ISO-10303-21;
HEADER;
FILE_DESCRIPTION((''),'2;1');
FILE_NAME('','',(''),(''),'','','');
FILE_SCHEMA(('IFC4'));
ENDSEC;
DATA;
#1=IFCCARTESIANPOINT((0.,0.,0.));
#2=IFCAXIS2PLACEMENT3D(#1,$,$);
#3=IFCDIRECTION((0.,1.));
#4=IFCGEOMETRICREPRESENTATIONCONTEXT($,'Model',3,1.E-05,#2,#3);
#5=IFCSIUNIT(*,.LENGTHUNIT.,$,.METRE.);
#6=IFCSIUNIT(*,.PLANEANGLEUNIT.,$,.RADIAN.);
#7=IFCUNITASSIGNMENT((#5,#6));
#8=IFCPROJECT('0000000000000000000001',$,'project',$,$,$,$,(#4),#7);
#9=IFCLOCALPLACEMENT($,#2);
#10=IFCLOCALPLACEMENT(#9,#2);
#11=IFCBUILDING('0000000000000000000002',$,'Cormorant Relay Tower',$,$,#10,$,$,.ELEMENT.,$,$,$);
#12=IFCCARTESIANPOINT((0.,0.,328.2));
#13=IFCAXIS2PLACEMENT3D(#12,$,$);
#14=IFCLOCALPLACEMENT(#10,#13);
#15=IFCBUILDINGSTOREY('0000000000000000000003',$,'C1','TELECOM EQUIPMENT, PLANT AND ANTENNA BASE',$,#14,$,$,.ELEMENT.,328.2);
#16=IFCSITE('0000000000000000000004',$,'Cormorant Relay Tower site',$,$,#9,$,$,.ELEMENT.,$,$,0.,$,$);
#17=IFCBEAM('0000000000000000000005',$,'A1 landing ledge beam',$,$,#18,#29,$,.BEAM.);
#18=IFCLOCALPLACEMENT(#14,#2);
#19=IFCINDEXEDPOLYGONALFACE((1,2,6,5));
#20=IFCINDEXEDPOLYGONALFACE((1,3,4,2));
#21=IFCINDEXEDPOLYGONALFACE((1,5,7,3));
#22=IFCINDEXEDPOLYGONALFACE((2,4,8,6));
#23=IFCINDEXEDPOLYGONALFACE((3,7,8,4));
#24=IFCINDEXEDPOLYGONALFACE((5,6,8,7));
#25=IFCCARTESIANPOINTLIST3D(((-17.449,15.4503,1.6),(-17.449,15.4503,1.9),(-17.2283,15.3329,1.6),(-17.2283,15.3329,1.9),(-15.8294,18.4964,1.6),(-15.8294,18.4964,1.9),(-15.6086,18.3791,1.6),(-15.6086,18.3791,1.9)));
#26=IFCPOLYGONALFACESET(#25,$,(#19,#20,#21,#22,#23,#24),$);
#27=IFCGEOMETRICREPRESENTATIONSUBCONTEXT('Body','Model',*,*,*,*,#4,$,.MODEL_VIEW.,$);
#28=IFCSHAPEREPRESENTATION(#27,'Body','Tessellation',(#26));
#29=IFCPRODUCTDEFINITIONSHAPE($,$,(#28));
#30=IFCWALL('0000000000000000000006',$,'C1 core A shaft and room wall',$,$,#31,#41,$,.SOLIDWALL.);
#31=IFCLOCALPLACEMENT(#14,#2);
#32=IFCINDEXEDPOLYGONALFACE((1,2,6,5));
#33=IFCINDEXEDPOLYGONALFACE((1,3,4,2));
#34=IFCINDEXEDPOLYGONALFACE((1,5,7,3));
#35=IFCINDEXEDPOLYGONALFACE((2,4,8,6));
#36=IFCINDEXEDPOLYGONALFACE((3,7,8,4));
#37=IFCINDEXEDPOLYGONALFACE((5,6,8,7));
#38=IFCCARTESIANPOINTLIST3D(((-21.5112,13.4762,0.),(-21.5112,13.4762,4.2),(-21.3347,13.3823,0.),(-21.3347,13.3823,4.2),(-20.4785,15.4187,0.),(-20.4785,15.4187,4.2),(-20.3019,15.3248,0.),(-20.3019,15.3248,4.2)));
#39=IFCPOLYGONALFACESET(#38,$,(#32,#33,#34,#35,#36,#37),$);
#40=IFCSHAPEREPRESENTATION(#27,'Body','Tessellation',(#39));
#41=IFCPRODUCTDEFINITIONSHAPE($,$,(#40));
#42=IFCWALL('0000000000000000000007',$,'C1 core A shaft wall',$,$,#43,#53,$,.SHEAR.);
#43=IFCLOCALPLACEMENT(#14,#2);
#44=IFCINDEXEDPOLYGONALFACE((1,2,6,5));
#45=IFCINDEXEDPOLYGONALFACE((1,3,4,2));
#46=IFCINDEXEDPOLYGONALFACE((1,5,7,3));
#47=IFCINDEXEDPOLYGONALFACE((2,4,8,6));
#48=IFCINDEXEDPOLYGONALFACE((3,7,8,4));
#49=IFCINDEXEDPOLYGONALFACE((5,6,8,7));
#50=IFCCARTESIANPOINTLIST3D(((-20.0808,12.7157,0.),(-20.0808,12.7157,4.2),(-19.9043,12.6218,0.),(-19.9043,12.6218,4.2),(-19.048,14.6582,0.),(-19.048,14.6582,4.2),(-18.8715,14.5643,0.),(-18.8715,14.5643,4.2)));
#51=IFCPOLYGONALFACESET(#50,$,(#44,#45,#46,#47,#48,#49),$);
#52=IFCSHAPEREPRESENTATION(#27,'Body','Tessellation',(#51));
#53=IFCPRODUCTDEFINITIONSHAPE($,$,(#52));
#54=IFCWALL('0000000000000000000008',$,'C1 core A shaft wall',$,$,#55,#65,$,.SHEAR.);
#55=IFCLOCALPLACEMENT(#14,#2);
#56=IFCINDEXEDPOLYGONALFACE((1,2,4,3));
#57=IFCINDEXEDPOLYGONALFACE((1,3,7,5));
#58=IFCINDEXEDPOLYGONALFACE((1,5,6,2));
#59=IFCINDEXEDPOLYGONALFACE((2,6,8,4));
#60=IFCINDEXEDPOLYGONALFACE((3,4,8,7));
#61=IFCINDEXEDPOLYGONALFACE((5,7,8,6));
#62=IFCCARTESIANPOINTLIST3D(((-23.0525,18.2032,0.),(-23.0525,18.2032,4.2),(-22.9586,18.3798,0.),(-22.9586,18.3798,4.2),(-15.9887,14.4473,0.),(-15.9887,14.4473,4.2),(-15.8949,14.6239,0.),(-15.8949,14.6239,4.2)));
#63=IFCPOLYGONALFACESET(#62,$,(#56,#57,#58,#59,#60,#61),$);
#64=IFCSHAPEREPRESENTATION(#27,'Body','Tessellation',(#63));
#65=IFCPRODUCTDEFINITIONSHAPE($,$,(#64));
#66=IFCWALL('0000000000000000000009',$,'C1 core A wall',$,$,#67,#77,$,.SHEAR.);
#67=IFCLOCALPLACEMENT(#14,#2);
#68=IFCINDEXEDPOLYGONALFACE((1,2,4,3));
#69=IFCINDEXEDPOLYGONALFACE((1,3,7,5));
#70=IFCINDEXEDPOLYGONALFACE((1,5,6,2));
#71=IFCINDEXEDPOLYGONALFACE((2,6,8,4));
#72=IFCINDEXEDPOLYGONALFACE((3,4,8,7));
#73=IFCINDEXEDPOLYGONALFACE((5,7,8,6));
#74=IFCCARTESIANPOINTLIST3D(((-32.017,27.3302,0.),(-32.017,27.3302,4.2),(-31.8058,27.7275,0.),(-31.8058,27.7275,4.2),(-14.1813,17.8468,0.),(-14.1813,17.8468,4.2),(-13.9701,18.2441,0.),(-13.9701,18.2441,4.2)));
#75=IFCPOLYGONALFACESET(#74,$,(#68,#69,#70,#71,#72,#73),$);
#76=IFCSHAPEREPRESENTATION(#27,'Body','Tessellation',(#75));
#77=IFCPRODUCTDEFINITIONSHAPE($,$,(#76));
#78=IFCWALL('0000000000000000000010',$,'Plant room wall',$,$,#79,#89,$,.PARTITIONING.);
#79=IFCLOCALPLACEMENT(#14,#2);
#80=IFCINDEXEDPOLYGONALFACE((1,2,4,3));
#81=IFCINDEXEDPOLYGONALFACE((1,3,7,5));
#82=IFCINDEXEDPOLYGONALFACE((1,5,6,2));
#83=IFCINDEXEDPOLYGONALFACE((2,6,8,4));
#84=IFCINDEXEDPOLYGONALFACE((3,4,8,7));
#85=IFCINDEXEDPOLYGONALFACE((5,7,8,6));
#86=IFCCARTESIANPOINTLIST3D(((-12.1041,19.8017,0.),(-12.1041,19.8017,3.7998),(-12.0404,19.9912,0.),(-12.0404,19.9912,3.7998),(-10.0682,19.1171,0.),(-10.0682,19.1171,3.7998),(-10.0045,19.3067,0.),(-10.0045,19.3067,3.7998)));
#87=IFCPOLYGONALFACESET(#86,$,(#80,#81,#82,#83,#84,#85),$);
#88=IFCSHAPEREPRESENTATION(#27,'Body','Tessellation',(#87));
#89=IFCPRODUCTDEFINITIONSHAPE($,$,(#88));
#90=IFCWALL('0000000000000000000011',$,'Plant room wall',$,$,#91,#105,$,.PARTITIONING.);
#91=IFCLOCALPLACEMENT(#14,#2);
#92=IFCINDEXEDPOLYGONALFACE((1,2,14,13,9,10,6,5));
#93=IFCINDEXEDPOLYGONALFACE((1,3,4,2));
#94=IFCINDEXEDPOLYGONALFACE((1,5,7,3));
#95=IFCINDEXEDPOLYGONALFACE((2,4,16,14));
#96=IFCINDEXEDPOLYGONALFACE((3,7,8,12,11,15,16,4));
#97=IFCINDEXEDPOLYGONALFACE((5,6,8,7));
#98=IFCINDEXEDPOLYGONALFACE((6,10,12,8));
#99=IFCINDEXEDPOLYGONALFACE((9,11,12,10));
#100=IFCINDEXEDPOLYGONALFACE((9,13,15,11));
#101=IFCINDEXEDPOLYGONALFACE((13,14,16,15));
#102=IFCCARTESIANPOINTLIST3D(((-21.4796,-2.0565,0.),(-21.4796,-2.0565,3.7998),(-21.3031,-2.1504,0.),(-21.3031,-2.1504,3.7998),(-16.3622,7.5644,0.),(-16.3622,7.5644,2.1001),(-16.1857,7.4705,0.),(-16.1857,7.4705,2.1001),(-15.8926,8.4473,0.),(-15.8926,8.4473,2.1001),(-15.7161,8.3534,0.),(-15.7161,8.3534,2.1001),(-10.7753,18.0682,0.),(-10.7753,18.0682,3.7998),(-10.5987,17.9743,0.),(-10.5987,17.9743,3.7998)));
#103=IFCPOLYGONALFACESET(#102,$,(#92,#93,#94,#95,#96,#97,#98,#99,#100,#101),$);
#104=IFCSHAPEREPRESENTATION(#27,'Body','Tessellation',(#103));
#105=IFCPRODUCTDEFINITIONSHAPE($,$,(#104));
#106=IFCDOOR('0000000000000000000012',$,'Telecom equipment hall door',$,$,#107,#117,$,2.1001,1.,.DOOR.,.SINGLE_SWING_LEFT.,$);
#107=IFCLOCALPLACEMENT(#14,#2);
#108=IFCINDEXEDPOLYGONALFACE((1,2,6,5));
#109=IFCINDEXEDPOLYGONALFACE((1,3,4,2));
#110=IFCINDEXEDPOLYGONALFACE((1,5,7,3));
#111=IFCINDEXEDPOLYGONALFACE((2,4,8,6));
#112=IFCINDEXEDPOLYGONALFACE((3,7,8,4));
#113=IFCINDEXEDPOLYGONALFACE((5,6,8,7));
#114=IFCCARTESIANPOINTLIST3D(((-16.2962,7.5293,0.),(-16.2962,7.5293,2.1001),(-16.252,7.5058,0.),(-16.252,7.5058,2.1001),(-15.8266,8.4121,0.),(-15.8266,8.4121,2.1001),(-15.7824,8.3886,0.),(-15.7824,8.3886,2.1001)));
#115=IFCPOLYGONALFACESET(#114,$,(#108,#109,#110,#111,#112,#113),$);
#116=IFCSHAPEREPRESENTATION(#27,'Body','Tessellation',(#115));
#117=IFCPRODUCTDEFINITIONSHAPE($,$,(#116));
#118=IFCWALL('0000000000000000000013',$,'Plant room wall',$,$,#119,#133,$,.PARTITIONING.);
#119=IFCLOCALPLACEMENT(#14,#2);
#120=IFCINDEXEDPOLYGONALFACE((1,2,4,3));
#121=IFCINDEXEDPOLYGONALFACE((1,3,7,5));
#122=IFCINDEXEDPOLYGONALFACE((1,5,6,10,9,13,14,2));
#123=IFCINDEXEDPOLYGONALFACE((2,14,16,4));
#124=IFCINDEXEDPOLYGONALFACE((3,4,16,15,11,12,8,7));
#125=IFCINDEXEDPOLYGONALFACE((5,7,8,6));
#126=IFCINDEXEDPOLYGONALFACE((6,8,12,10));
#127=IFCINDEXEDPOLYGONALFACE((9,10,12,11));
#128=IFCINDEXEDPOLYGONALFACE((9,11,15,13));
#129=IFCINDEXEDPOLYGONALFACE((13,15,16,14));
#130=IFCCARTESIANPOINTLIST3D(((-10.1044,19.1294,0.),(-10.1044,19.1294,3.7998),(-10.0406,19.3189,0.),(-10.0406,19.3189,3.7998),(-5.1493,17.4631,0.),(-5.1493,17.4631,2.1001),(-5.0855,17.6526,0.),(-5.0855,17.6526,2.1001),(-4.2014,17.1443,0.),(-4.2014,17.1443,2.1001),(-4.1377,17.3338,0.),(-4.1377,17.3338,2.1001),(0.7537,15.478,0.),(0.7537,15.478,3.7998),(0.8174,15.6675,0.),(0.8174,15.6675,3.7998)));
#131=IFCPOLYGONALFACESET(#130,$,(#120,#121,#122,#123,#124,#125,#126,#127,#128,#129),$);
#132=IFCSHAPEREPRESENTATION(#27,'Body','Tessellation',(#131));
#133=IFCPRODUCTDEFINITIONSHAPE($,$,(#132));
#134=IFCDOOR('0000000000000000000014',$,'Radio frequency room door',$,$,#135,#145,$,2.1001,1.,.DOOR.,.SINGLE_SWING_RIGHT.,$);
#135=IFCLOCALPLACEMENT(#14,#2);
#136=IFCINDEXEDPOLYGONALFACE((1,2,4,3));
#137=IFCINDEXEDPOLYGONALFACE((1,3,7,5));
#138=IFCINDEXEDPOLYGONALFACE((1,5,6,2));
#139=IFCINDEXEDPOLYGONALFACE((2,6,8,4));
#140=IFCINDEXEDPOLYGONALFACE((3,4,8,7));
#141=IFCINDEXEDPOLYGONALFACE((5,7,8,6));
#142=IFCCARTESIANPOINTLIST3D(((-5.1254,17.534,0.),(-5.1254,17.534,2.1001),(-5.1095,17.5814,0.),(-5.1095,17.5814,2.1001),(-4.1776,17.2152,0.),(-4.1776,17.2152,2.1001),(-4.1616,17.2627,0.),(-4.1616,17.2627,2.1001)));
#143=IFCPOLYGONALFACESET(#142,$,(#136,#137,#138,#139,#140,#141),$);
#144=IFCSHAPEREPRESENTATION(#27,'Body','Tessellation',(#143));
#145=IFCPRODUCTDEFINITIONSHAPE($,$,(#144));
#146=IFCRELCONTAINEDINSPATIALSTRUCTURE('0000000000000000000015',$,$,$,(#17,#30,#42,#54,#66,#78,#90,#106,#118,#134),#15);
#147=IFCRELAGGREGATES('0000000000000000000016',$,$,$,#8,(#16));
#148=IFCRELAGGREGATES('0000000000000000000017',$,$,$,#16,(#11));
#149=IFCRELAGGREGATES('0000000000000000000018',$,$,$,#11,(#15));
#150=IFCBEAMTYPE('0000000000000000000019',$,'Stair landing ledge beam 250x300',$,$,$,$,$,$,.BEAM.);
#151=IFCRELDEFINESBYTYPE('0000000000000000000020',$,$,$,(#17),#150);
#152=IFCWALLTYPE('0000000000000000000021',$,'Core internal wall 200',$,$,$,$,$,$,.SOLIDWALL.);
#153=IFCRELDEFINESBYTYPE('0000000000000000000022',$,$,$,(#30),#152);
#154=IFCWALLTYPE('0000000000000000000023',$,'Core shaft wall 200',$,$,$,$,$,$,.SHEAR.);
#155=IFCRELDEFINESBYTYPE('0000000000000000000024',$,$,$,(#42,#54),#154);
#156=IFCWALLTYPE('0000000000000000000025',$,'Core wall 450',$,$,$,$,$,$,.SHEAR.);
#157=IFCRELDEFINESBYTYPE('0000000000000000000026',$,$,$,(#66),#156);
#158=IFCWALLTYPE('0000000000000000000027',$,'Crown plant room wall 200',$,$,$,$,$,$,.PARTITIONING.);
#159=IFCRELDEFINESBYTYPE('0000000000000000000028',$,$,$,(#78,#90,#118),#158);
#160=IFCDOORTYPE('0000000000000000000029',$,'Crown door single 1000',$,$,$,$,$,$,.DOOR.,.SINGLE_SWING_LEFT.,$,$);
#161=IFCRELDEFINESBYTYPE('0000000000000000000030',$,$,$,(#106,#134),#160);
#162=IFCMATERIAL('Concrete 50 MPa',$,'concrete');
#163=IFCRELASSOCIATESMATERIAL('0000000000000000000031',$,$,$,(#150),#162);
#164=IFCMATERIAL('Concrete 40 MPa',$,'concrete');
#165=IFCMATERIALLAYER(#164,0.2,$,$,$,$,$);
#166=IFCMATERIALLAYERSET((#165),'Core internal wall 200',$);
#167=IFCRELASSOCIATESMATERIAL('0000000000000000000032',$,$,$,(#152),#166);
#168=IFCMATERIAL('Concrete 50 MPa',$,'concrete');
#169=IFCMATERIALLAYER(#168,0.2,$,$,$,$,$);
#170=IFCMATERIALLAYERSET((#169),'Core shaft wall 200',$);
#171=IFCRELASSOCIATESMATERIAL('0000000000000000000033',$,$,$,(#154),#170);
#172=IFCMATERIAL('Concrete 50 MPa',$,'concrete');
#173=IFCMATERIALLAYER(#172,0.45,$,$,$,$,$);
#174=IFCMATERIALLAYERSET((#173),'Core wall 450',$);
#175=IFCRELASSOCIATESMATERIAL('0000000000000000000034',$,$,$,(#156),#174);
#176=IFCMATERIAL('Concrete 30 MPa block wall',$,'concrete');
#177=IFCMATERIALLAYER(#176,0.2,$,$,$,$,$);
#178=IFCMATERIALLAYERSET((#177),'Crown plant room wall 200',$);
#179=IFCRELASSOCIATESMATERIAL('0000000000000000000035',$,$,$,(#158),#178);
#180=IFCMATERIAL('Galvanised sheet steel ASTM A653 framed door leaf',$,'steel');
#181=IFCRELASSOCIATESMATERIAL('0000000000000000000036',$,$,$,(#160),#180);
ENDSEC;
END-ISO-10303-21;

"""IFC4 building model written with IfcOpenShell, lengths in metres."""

from ifc_helpers import new_model, si_unit, direction, frame, frame_2d, origin, origin_2d, place, context, subcontext, project, spatial, rectangle, extrude, material, layer, layer_set, material_profile, profile_set, type_object, element, fill, save


model = new_model("IFC4")

# Units and contexts
model_context = context("Model", 3, precision=1e-05, world=origin(), true_north=direction((0.0, 1.0)))
body_context = subcontext(model_context, "Body", "Model", "MODEL_VIEW")
ifc_project = project(units=[si_unit("LENGTHUNIT", "METRE"), si_unit("PLANEANGLEUNIT", "RADIAN")], contexts=[model_context])

# Site, building, storey
site_placement = place(None, origin())
site = spatial("IfcSite", under=ifc_project, at=site_placement, Name="Cormorant Relay Tower site", CompositionType="ELEMENT", RefElevation=0.0)
building_placement = place(site_placement, origin())
building = spatial("IfcBuilding", under=site, at=building_placement, Name="Cormorant Relay Tower", CompositionType="ELEMENT")
storey_placement = place(building_placement, frame((0.0, 0.0, 328.2)))
storey = spatial("IfcBuildingStorey", under=building, at=storey_placement, Name="C1", Description="TELECOM EQUIPMENT, PLANT AND ANTENNA BASE", CompositionType="ELEMENT", Elevation=328.2)

# Beam
ifc_material_1 = material(Name="Concrete 50 MPa", Category="concrete")
ifc_material_profile = material_profile(ifc_material_1, rectangle(XDim=0.25, YDim=0.3, at=origin_2d()), Name="RC 250x300")
ifc_profile_set = profile_set([ifc_material_profile], Name="Concrete 50 MPa")
beam_type = type_object("IfcBeamType", Name="Stair landing ledge beam 250x300", PredefinedType="BEAM", material=ifc_profile_set)
beam_placement = place(storey_placement, frame((-17.3386, 15.3916, 1.75), z_axis=(0.469464, 0.882952, 0.0), x_axis=(-0.882952, 0.469464, 0.0)))
element("IfcBeam", 1, at=beam_placement, inside=storey, type_object=beam_type, Name="A1 landing ledge beam", PredefinedType="BEAM", context=body_context, shape_type="SweptSolid", body=[
    extrude(rectangle(XDim=0.25, YDim=0.3, at=origin_2d()), origin(), (0.0, 0.0, 1.0), 3.45),
])

# Walls
ifc_material_2 = material(Name="Concrete 40 MPa", Category="concrete")
ifc_layer_1 = layer(ifc_material_2, 0.2)
ifc_layer_set_1 = layer_set([ifc_layer_1], Name="Core internal wall 200")
wall_type_1 = type_object("IfcWallType", Name="Core internal wall 200", PredefinedType="SOLIDWALL", material=ifc_layer_set_1)
wall_1_placement = place(storey_placement, frame((-20.3901, 15.3718, 0.0), z_axis=(0.0, 0.0, 1.0), x_axis=(-0.469447, -0.88296, 0.0)))
element("IfcWall", 2, at=wall_1_placement, inside=storey, type_object=wall_type_1, Name="C1 core A shaft and room wall", PredefinedType="SOLIDWALL", context=body_context, shape_type="SweptSolid", body=[
    extrude(rectangle(XDim=2.2, YDim=0.2, at=frame_2d((1.1001, 0.0))), origin(), (0.0, 0.0, 1.0), 4.2),
])
ifc_material_3 = material(Name="Concrete 50 MPa", Category="concrete")
ifc_layer_2 = layer(ifc_material_3, 0.2)
ifc_layer_set_2 = layer_set([ifc_layer_2], Name="Core shaft wall 200")
wall_type_2 = type_object("IfcWallType", Name="Core shaft wall 200", PredefinedType="SHEAR", material=ifc_layer_set_2)
wall_2_placement = place(storey_placement, frame((-18.9597, 14.6113, 0.0), z_axis=(0.0, 0.0, 1.0), x_axis=(-0.469447, -0.88296, 0.0)))
element("IfcWall", 3, at=wall_2_placement, inside=storey, type_object=wall_type_2, Name="C1 core A shaft wall", PredefinedType="SHEAR", context=body_context, shape_type="SweptSolid", body=[
    extrude(rectangle(XDim=2.2, YDim=0.2, at=frame_2d((1.1001, 0.0))), origin(), (0.0, 0.0, 1.0), 4.2),
])
wall_3_placement = place(storey_placement, frame((-15.9419, 14.5356, 0.0), z_axis=(0.0, 0.0, 1.0), x_axis=(-0.882947, 0.469473, 0.0)))
element("IfcWall", 4, at=wall_3_placement, inside=storey, type_object=wall_type_2, Name="C1 core A shaft wall", PredefinedType="SHEAR", context=body_context, shape_type="SweptSolid", body=[
    extrude(rectangle(XDim=8.0002, YDim=0.2, at=frame_2d((4.0, 0.0))), origin(), (0.0, 0.0, 1.0), 4.2),
])

# Shared definitions
ifc_material_4 = material(Name="Concrete 50 MPa", Category="concrete")
ifc_layer_3 = layer(ifc_material_4, 0.45)
ifc_layer_set_3 = layer_set([ifc_layer_3], Name="Core wall 450")
wall_type_3 = type_object("IfcWallType", Name="Core wall 450", PredefinedType="SHEAR", material=ifc_layer_set_3)

# Walls
wall_4_placement = place(storey_placement, frame((-14.0757, 18.0454, 0.0), z_axis=(0.0, 0.0, 1.0), x_axis=(-0.882948, 0.469471, 0.0)))
element("IfcWall", 5, at=wall_4_placement, inside=storey, type_object=wall_type_3, Name="C1 core A wall", PredefinedType="SHEAR", context=body_context, shape_type="SweptSolid", body=[
    extrude(rectangle(XDim=20.2002, YDim=0.45, at=frame_2d((10.1001, 0.0))), origin(), (0.0, 0.0, 1.0), 4.2),
])
ifc_material_5 = material(Name="Concrete 30 MPa block wall", Category="concrete")
ifc_layer_4 = layer(ifc_material_5, 0.2)
ifc_layer_set_4 = layer_set([ifc_layer_4], Name="Crown plant room wall 200")
wall_type_4 = type_object("IfcWallType", Name="Crown plant room wall 200", PredefinedType="PARTITIONING", material=ifc_layer_set_4)
wall_5_placement = place(storey_placement, frame((-12.0723, 19.8965, 0.0), z_axis=(0.0, 0.0, 1.0), x_axis=(0.94785, -0.318716, 0.0)))
element("IfcWall", 6, at=wall_5_placement, inside=storey, type_object=wall_type_4, Name="Plant room wall", PredefinedType="PARTITIONING", context=body_context, shape_type="SweptSolid", body=[
    extrude(rectangle(XDim=2.1479, YDim=0.2, at=frame_2d((1.074, 0.0))), origin(), (0.0, 0.0, 1.0), 3.7998),
])

# Walls, openings, doors
wall_6_placement = place(storey_placement, frame((-10.687, 18.0212, 0.0), z_axis=(0.0, 0.0, 1.0), x_axis=(-0.469602, -0.882878, 0.0)))
wall_6 = element("IfcWall", 7, at=wall_6_placement, inside=storey, type_object=wall_type_4, Name="Plant room wall", PredefinedType="PARTITIONING", context=body_context, shape_type="SweptSolid", body=[
    extrude(rectangle(XDim=22.7944, YDim=0.2, at=frame_2d((11.3972, 0.0))), origin(), (0.0, 0.0, 1.0), 3.7998),
])
opening_1_placement = place(wall_6_placement, frame((10.8972, 0.0, 0.0)))
opening_1 = element("IfcOpeningElement", 8, at=opening_1_placement, cuts=wall_6, PredefinedType="OPENING", context=body_context, shape_type="SweptSolid", body=[
    extrude(rectangle(XDim=1.0, YDim=2.1001, at=frame_2d((0.5, 1.05))), frame((0.0, 0.1099, 0.0), z_axis=(0.0, -1.0, 0.0), x_axis=(1.0, 0.0, 0.0)), (0.0, 0.0, 1.0), 0.22),
])
ifc_material_6 = material(Name="Galvanised sheet steel ASTM A653 framed door leaf", Category="steel")
door_type_1 = type_object("IfcDoorType", Name="Crown door single 1000", OperationType="SINGLE_SWING_LEFT", PredefinedType="DOOR", material=ifc_material_6)
door_1_placement = place(opening_1_placement, origin())
door_1 = element("IfcDoor", 9, at=door_1_placement, inside=storey, type_object=door_type_1, Name="Telecom equipment hall door", OperationType="SINGLE_SWING_LEFT", OverallHeight=2.1001, OverallWidth=1.0, PredefinedType="DOOR", context=body_context, shape_type="SweptSolid", body=[
    extrude(rectangle(XDim=1.0, YDim=2.1001, at=frame_2d((0.5, 1.05))), frame((0.0, 0.0249, 0.0), z_axis=(0.0, -1.0, 0.0), x_axis=(1.0, 0.0, 0.0)), (0.0, 0.0, 1.0), 0.05),
])
fill(opening_1, door_1)
wall_7_placement = place(storey_placement, frame((-10.0725, 19.2241, 0.0), z_axis=(0.0, 0.0, 1.0), x_axis=(0.947842, -0.318739, 0.0)))
wall_7 = element("IfcWall", 10, at=wall_7_placement, inside=storey, type_object=wall_type_4, Name="Plant room wall", PredefinedType="PARTITIONING", context=body_context, shape_type="SweptSolid", body=[
    extrude(rectangle(XDim=11.4556, YDim=0.2, at=frame_2d((5.7278, 0.0))), origin(), (0.0, 0.0, 1.0), 3.7998),
])
opening_2_placement = place(wall_7_placement, frame((5.2278, 0.0, 0.0)))
opening_2 = element("IfcOpeningElement", 11, at=opening_2_placement, cuts=wall_7, PredefinedType="OPENING", context=body_context, shape_type="SweptSolid", body=[
    extrude(rectangle(XDim=1.0, YDim=2.1001, at=frame_2d((0.5, 1.05))), frame((0.0, 0.1099, 0.0), z_axis=(0.0, -1.0, 0.0), x_axis=(1.0, 0.0, 0.0)), (0.0, 0.0, 1.0), 0.22),
])
door_2_placement = place(opening_2_placement, origin())
door_2 = element("IfcDoor", 12, at=door_2_placement, inside=storey, type_object=door_type_1, Name="Radio frequency room door", OperationType="SINGLE_SWING_RIGHT", OverallHeight=2.1001, OverallWidth=1.0, PredefinedType="DOOR", context=body_context, shape_type="SweptSolid", body=[
    extrude(rectangle(XDim=1.0, YDim=2.1001, at=frame_2d((0.5, 1.05))), frame((0.0, 0.0249, 0.0), z_axis=(0.0, -1.0, 0.0), x_axis=(1.0, 0.0, 0.0)), (0.0, 0.0, 1.0), 0.05),
])
fill(opening_2, door_2)

save(model, "model.ifc")
